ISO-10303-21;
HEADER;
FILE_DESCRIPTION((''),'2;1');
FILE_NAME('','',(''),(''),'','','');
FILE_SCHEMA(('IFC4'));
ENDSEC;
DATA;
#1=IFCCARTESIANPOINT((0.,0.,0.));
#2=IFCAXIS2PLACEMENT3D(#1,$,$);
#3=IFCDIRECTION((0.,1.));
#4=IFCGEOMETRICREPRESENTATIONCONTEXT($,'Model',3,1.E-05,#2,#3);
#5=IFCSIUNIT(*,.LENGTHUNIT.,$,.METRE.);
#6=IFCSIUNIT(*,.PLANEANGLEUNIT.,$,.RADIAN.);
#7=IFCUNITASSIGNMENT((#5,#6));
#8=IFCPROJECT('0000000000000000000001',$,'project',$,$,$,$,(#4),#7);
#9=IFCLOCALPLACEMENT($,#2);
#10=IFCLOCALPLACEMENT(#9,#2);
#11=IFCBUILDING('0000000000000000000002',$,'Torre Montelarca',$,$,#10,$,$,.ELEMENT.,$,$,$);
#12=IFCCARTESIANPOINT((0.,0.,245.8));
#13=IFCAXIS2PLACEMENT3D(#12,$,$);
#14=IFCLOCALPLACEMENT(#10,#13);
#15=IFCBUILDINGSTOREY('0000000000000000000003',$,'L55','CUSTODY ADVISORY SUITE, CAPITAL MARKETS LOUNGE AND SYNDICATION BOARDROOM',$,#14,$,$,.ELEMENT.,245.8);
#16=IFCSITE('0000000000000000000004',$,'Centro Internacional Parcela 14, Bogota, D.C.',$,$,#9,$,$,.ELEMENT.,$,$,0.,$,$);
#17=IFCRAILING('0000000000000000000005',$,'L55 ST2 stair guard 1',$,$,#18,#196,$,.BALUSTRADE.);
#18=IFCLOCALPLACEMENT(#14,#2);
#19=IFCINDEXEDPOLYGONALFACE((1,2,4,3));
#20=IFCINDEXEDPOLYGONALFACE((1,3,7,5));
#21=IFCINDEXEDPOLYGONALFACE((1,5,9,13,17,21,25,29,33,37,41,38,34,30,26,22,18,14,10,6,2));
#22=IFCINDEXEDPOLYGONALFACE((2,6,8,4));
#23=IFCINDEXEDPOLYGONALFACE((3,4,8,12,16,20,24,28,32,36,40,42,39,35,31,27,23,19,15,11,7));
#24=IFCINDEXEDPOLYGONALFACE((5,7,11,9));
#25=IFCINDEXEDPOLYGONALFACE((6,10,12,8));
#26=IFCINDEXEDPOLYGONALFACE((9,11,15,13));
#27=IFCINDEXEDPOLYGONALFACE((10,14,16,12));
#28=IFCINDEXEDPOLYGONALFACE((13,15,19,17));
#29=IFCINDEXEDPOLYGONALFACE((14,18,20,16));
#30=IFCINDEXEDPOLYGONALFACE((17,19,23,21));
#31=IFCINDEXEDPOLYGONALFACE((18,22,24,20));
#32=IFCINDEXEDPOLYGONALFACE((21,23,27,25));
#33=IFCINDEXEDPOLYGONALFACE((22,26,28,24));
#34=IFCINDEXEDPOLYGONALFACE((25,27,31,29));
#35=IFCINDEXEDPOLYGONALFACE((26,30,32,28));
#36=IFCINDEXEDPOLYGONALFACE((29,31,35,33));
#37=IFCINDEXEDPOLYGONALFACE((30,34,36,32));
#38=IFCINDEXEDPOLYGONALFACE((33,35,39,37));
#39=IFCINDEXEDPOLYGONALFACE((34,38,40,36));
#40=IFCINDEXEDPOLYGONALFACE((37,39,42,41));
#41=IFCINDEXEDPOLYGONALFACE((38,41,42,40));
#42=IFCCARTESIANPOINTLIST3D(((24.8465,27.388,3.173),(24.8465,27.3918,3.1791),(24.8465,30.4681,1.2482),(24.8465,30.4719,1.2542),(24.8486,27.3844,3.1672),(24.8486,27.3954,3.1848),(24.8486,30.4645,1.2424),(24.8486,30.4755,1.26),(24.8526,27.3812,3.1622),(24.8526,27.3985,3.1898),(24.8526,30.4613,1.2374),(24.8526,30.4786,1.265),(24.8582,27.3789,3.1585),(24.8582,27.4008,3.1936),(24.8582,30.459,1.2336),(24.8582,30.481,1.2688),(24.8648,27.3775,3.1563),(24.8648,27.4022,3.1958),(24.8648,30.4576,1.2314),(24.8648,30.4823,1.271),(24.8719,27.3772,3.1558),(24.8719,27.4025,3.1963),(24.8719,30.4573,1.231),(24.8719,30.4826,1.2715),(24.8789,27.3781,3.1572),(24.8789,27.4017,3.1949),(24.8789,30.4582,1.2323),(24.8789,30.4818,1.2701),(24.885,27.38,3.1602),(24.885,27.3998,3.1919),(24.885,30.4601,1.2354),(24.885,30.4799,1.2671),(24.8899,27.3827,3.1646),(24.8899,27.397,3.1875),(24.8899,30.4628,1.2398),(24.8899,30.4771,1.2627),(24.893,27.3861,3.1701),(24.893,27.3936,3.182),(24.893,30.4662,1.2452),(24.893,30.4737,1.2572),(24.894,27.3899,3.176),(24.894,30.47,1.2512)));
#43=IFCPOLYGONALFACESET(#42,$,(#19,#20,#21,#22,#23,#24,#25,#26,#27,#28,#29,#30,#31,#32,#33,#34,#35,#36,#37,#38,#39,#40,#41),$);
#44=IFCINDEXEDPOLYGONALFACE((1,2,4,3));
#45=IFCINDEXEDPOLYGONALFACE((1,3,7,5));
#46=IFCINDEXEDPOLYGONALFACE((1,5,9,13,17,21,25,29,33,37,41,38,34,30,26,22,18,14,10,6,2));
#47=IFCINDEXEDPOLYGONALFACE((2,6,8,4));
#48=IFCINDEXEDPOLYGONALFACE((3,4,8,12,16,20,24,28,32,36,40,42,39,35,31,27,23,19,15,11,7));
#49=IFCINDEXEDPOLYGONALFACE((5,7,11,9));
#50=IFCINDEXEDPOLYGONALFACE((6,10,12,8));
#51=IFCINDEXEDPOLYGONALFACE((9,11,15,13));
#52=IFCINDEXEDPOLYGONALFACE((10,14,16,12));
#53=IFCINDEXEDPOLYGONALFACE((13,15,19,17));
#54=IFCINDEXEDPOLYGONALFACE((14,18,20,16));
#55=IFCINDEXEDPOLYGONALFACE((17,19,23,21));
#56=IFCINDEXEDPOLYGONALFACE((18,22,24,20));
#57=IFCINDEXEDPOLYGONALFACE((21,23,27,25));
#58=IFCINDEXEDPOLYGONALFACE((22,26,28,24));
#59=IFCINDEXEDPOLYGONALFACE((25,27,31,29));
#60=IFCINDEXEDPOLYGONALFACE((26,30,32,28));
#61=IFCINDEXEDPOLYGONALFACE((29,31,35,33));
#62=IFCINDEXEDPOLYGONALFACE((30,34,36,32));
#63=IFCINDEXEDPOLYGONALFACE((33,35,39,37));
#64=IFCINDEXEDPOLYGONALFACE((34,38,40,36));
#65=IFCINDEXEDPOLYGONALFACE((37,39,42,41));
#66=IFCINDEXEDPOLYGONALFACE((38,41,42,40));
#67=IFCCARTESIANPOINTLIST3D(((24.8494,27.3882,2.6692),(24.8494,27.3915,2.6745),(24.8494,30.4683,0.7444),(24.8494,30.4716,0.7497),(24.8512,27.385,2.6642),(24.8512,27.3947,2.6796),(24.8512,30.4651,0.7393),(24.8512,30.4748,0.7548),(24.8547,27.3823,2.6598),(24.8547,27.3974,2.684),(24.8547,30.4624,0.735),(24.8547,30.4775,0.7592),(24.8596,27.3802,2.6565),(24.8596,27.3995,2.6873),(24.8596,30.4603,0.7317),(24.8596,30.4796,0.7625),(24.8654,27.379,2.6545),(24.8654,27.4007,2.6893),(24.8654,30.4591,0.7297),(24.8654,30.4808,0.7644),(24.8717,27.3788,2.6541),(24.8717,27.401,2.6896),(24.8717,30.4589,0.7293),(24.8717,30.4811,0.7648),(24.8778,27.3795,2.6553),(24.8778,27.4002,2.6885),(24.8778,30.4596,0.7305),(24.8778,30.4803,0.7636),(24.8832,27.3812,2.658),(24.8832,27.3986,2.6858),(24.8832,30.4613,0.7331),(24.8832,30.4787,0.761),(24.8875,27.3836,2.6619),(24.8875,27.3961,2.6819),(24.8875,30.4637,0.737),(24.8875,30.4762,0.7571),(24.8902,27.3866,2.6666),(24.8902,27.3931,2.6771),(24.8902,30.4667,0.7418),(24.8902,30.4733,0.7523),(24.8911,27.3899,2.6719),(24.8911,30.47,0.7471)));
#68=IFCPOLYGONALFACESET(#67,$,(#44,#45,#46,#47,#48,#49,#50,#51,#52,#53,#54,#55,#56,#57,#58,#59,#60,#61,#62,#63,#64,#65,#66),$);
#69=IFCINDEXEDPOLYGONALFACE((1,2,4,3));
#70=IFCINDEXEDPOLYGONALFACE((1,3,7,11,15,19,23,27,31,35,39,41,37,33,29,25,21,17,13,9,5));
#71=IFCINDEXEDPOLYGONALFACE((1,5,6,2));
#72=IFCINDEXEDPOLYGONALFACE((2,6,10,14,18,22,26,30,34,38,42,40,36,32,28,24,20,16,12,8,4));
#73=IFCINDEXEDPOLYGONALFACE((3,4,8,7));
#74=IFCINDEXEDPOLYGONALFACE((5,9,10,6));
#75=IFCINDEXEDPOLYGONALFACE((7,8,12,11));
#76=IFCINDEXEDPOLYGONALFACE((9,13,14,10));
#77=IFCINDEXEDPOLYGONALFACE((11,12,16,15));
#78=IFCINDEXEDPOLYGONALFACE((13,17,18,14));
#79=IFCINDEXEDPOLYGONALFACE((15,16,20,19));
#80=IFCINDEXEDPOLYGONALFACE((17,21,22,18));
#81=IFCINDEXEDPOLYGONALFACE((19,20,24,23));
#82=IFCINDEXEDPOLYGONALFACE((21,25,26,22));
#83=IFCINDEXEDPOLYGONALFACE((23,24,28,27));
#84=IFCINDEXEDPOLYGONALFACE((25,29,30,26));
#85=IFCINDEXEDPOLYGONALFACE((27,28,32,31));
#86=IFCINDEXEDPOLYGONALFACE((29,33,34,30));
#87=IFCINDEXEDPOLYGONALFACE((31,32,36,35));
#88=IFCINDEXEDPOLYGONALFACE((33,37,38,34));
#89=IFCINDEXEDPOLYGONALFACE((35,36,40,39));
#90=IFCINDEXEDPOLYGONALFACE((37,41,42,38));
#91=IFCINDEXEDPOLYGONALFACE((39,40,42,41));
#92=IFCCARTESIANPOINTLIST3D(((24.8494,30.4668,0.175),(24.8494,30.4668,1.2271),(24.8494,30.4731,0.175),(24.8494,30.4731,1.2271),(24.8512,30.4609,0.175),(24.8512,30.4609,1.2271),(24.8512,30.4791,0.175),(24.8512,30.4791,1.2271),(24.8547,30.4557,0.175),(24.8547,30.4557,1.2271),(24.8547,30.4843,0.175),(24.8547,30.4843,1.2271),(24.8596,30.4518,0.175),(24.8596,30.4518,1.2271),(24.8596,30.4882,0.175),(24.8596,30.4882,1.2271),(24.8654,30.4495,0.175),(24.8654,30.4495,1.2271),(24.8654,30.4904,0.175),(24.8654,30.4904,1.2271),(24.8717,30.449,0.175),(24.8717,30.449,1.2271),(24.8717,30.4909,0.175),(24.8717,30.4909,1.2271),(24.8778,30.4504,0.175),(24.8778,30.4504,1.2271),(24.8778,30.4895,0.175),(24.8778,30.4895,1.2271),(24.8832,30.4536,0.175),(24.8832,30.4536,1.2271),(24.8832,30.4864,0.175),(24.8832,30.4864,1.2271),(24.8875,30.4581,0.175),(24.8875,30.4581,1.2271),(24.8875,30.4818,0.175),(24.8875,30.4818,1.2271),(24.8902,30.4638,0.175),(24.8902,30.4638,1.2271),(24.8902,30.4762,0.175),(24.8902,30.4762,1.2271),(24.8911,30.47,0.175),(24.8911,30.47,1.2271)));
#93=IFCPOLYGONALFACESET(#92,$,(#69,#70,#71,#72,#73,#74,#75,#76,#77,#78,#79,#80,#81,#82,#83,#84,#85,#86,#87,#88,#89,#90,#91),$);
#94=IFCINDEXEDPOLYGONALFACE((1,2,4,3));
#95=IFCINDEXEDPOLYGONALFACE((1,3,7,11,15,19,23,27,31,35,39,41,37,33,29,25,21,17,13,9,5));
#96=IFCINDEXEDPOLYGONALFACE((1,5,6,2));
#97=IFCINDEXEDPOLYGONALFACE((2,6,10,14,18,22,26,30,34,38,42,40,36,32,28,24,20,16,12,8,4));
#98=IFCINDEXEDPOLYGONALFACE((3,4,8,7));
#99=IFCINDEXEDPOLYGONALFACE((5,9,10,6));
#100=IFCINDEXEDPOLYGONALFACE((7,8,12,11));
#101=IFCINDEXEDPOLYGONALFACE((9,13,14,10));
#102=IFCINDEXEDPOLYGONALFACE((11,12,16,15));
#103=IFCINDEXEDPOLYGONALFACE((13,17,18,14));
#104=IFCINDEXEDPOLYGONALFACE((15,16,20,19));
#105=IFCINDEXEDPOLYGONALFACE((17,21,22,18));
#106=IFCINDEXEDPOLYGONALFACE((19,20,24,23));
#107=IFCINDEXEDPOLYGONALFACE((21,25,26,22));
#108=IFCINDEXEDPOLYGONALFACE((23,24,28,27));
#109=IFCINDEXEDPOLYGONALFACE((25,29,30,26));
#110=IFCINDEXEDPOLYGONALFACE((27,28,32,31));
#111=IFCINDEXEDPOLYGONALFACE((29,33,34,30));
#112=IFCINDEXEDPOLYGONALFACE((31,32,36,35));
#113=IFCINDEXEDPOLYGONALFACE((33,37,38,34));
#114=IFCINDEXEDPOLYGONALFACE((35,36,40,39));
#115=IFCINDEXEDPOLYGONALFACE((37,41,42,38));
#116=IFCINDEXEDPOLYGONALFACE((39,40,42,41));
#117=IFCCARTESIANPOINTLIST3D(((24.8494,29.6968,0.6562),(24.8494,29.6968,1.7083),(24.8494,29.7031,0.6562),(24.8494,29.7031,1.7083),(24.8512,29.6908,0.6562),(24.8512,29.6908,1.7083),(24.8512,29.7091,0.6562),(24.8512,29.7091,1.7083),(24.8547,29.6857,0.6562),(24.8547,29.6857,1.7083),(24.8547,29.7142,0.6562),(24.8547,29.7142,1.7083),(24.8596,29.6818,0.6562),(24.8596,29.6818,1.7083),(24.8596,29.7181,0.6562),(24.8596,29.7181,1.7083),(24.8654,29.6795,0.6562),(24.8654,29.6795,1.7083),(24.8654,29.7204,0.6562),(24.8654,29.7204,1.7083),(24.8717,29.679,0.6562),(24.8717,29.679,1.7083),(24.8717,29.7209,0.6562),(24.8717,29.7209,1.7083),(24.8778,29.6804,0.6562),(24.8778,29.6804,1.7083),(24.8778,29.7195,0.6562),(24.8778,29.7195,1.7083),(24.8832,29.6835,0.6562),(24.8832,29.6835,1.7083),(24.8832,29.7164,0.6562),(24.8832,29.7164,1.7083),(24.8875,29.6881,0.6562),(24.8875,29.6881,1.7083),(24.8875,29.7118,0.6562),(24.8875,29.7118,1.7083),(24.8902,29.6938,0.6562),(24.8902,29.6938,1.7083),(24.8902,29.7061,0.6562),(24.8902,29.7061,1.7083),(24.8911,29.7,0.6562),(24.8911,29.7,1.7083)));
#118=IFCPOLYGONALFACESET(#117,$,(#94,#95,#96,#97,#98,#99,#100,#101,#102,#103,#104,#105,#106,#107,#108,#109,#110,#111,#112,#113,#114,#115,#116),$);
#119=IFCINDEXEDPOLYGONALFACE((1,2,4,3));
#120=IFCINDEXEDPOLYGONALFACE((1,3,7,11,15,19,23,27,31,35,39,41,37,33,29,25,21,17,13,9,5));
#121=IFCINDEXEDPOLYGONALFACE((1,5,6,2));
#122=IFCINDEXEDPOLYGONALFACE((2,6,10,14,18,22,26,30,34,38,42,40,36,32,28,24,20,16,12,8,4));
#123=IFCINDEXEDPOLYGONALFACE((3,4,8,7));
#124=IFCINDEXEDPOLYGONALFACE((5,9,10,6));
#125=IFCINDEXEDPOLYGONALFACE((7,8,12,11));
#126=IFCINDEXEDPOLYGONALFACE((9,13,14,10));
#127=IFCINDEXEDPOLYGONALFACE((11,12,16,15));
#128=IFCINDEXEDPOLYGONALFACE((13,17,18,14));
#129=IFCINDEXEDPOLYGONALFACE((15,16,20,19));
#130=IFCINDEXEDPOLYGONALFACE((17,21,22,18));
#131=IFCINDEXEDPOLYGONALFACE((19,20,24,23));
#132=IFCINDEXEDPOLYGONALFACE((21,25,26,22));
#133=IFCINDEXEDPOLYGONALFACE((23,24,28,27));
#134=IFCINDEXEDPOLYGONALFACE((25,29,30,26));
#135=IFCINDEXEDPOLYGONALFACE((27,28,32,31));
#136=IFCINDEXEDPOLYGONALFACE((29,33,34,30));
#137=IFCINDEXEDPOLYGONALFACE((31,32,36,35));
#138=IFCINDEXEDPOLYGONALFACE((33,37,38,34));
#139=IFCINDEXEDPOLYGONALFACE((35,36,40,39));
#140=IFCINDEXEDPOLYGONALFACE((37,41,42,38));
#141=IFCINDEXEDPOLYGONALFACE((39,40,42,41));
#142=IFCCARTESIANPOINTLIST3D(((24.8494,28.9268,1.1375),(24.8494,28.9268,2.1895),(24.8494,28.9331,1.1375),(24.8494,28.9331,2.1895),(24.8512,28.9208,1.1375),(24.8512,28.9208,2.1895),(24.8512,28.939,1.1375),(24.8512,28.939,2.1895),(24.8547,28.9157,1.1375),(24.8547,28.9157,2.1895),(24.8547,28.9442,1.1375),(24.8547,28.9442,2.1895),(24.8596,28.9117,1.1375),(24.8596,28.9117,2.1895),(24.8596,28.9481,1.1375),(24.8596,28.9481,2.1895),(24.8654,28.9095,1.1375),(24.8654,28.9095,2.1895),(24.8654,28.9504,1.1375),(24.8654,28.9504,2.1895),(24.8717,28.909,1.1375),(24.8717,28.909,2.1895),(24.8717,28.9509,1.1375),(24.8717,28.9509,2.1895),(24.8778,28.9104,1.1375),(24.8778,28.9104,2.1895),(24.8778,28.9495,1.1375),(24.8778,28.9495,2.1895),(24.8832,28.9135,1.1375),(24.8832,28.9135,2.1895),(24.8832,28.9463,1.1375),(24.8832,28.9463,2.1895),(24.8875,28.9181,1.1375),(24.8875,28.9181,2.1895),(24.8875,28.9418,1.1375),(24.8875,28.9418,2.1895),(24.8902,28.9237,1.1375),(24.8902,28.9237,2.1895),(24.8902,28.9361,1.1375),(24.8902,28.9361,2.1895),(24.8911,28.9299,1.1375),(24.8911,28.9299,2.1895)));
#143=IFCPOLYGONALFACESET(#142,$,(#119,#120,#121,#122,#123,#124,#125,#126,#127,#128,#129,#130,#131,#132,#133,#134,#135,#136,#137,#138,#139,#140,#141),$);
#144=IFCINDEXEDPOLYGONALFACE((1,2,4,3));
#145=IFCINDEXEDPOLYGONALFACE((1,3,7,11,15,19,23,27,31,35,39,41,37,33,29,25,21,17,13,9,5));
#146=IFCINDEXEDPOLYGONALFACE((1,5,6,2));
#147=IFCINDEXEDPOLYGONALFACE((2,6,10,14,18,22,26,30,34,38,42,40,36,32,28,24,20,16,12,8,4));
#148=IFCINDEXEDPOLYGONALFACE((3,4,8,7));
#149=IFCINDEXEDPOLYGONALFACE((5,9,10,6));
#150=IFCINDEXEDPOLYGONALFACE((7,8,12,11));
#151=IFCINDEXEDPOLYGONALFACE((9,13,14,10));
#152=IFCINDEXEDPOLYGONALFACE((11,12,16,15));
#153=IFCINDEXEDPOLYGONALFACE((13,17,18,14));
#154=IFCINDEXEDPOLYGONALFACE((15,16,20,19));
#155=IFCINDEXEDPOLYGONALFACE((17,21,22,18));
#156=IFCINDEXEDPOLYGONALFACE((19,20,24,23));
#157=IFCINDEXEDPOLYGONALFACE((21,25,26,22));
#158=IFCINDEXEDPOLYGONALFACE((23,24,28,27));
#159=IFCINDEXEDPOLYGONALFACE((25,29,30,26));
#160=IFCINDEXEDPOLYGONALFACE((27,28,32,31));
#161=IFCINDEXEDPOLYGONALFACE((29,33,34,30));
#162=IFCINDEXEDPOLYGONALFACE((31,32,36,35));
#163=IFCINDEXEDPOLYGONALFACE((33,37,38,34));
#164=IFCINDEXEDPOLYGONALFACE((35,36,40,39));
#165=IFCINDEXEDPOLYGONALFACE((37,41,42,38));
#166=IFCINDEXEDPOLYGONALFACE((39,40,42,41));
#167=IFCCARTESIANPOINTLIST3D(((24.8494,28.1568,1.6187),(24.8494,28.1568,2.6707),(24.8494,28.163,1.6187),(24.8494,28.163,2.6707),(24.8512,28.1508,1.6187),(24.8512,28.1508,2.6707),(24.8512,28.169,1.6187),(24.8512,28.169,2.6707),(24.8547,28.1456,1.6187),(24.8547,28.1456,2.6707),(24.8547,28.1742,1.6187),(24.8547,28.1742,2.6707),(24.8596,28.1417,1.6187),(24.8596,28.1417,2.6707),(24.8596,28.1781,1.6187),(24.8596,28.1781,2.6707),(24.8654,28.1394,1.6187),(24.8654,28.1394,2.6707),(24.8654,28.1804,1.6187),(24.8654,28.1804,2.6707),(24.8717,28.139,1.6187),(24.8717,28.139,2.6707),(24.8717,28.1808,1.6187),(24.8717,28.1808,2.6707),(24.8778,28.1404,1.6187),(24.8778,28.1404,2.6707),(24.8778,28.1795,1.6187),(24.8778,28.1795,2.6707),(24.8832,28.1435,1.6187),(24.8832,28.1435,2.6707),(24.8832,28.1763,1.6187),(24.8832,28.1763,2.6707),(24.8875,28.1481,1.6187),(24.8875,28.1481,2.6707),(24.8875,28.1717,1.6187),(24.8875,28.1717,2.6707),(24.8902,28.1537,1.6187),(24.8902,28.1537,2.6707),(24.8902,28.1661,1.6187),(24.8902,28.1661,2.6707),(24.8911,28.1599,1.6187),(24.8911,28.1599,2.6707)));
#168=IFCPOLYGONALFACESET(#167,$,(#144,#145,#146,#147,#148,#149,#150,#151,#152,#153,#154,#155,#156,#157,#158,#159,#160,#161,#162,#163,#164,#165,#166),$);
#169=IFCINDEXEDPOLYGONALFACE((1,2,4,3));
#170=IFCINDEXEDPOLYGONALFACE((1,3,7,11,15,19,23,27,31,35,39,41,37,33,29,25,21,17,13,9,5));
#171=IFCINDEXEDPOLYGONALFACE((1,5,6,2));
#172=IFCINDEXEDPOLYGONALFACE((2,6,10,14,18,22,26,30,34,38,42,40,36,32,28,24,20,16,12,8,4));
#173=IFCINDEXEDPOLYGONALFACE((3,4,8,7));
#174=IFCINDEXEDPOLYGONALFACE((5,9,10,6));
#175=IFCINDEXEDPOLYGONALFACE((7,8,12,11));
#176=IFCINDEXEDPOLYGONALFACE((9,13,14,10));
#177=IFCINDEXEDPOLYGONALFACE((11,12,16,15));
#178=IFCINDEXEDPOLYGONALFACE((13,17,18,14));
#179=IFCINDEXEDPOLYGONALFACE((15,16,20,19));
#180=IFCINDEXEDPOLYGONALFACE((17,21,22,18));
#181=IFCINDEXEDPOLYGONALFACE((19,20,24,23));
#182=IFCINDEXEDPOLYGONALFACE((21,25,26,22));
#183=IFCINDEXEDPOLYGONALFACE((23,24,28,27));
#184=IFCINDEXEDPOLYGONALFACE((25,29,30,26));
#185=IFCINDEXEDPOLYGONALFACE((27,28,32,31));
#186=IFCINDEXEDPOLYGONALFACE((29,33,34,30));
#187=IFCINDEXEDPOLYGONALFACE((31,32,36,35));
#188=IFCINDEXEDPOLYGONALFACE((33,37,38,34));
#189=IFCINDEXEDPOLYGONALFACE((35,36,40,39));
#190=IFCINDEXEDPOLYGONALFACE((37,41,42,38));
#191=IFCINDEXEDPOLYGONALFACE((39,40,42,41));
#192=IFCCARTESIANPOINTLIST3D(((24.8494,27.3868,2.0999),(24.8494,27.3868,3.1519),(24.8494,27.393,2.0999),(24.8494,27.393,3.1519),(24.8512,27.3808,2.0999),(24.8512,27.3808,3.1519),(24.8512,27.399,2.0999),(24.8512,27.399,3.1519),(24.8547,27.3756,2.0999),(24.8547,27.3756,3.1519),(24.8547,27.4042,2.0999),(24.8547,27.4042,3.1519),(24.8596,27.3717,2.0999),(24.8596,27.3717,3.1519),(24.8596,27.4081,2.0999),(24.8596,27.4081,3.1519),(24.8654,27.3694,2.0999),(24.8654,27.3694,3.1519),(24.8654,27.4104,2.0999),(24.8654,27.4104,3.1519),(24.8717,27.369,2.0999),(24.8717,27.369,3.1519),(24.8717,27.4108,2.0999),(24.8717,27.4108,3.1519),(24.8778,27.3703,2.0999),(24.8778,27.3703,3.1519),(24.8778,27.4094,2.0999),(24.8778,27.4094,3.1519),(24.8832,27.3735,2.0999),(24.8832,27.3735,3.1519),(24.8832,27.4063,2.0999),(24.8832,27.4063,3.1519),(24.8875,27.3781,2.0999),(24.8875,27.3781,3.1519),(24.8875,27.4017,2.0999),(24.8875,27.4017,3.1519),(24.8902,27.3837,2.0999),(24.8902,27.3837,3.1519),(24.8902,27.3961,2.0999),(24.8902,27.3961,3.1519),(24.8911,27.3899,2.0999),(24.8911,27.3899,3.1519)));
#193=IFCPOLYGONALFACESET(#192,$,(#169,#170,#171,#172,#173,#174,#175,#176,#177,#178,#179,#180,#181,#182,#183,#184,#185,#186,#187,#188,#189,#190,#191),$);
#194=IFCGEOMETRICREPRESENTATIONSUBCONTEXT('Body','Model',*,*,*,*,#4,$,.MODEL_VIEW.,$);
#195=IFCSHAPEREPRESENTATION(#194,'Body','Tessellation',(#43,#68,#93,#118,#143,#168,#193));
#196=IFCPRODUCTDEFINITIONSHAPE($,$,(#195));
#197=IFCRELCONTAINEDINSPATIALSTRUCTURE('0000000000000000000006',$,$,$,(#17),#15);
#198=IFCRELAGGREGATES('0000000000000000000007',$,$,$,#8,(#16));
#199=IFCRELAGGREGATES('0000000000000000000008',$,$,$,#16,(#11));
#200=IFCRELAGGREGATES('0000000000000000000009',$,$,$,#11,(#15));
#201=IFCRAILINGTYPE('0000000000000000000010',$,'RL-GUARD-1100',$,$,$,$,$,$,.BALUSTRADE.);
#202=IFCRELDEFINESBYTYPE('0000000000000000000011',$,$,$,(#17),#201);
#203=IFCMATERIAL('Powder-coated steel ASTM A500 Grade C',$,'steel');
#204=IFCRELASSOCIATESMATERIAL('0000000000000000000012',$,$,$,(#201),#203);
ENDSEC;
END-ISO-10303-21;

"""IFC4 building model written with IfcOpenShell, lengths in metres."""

from ifc_helpers import new_model, si_unit, direction, frame, origin, origin_2d, place, context, subcontext, project, spatial, circle, extrude, material, type_object, element, save


model = new_model("IFC4")

# Units and contexts
model_context = context("Model", 3, precision=1e-05, world=origin(), true_north=direction((0.0, 1.0)))
body_context = subcontext(model_context, "Body", "Model", "MODEL_VIEW")
ifc_project = project(units=[si_unit("LENGTHUNIT", "METRE"), si_unit("PLANEANGLEUNIT", "RADIAN")], contexts=[model_context])

# Site, building, storey
site_placement = place(None, origin())
site = spatial("IfcSite", under=ifc_project, at=site_placement, Name="Centro Internacional Parcela 14, Bogota, D.C.", CompositionType="ELEMENT", RefElevation=0.0)
building_placement = place(site_placement, origin())
building = spatial("IfcBuilding", under=site, at=building_placement, Name="Torre Montelarca", CompositionType="ELEMENT")
storey_placement = place(building_placement, frame((0.0, 0.0, 245.8)))
storey = spatial("IfcBuildingStorey", under=building, at=storey_placement, Name="L55", Description="CUSTODY ADVISORY SUITE, CAPITAL MARKETS LOUNGE AND SYNDICATION BOARDROOM", CompositionType="ELEMENT", Elevation=245.8)

# Railing
ifc_material_1 = material(Name="Powder-coated steel ASTM A500 Grade C", Category="steel")
railing_type = type_object("IfcRailingType", Name="RL-GUARD-1100", PredefinedType="BALUSTRADE", material=ifc_material_1)
railing_1_placement = place(storey_placement, frame((24.8701, 30.47, 0.175)))
element("IfcRailing", 1, at=railing_1_placement, inside=storey, type_object=railing_type, Name="L55 ST2 stair guard 1", PredefinedType="BALUSTRADE", context=body_context, shape_type="SweptSolid", body=[
    extrude(circle(Radius=0.0239, at=origin_2d()), frame((0.0, 0.0, 1.0762), z_axis=(0.0, -0.848029, 0.529951), x_axis=(1.0, 0.0, 0.0)), (0.0, 0.0, 1.0), 3.6321),
    extrude(circle(Radius=0.021, at=origin_2d()), frame((0.0, 0.0, 0.572), z_axis=(0.0, -0.848029, 0.529951), x_axis=(1.0, 0.0, 0.0)), (0.0, 0.0, 1.0), 3.6321),
    extrude(circle(Radius=0.021, at=origin_2d()), origin(), (0.0, 0.0, 1.0), 1.052),
    extrude(circle(Radius=0.021, at=origin_2d()), frame((0.0, -0.77, 0.4812)), (0.0, 0.0, 1.0), 1.052),
    extrude(circle(Radius=0.021, at=origin_2d()), frame((0.0, -1.54, 0.9624)), (0.0, 0.0, 1.0), 1.052),
    extrude(circle(Radius=0.021, at=origin_2d()), frame((0.0, -2.3101, 1.4436)), (0.0, 0.0, 1.0), 1.052),
    extrude(circle(Radius=0.021, at=origin_2d()), frame((0.0, -3.0801, 1.9248)), (0.0, 0.0, 1.0), 1.052),
])

save(model, "model.ifc")
